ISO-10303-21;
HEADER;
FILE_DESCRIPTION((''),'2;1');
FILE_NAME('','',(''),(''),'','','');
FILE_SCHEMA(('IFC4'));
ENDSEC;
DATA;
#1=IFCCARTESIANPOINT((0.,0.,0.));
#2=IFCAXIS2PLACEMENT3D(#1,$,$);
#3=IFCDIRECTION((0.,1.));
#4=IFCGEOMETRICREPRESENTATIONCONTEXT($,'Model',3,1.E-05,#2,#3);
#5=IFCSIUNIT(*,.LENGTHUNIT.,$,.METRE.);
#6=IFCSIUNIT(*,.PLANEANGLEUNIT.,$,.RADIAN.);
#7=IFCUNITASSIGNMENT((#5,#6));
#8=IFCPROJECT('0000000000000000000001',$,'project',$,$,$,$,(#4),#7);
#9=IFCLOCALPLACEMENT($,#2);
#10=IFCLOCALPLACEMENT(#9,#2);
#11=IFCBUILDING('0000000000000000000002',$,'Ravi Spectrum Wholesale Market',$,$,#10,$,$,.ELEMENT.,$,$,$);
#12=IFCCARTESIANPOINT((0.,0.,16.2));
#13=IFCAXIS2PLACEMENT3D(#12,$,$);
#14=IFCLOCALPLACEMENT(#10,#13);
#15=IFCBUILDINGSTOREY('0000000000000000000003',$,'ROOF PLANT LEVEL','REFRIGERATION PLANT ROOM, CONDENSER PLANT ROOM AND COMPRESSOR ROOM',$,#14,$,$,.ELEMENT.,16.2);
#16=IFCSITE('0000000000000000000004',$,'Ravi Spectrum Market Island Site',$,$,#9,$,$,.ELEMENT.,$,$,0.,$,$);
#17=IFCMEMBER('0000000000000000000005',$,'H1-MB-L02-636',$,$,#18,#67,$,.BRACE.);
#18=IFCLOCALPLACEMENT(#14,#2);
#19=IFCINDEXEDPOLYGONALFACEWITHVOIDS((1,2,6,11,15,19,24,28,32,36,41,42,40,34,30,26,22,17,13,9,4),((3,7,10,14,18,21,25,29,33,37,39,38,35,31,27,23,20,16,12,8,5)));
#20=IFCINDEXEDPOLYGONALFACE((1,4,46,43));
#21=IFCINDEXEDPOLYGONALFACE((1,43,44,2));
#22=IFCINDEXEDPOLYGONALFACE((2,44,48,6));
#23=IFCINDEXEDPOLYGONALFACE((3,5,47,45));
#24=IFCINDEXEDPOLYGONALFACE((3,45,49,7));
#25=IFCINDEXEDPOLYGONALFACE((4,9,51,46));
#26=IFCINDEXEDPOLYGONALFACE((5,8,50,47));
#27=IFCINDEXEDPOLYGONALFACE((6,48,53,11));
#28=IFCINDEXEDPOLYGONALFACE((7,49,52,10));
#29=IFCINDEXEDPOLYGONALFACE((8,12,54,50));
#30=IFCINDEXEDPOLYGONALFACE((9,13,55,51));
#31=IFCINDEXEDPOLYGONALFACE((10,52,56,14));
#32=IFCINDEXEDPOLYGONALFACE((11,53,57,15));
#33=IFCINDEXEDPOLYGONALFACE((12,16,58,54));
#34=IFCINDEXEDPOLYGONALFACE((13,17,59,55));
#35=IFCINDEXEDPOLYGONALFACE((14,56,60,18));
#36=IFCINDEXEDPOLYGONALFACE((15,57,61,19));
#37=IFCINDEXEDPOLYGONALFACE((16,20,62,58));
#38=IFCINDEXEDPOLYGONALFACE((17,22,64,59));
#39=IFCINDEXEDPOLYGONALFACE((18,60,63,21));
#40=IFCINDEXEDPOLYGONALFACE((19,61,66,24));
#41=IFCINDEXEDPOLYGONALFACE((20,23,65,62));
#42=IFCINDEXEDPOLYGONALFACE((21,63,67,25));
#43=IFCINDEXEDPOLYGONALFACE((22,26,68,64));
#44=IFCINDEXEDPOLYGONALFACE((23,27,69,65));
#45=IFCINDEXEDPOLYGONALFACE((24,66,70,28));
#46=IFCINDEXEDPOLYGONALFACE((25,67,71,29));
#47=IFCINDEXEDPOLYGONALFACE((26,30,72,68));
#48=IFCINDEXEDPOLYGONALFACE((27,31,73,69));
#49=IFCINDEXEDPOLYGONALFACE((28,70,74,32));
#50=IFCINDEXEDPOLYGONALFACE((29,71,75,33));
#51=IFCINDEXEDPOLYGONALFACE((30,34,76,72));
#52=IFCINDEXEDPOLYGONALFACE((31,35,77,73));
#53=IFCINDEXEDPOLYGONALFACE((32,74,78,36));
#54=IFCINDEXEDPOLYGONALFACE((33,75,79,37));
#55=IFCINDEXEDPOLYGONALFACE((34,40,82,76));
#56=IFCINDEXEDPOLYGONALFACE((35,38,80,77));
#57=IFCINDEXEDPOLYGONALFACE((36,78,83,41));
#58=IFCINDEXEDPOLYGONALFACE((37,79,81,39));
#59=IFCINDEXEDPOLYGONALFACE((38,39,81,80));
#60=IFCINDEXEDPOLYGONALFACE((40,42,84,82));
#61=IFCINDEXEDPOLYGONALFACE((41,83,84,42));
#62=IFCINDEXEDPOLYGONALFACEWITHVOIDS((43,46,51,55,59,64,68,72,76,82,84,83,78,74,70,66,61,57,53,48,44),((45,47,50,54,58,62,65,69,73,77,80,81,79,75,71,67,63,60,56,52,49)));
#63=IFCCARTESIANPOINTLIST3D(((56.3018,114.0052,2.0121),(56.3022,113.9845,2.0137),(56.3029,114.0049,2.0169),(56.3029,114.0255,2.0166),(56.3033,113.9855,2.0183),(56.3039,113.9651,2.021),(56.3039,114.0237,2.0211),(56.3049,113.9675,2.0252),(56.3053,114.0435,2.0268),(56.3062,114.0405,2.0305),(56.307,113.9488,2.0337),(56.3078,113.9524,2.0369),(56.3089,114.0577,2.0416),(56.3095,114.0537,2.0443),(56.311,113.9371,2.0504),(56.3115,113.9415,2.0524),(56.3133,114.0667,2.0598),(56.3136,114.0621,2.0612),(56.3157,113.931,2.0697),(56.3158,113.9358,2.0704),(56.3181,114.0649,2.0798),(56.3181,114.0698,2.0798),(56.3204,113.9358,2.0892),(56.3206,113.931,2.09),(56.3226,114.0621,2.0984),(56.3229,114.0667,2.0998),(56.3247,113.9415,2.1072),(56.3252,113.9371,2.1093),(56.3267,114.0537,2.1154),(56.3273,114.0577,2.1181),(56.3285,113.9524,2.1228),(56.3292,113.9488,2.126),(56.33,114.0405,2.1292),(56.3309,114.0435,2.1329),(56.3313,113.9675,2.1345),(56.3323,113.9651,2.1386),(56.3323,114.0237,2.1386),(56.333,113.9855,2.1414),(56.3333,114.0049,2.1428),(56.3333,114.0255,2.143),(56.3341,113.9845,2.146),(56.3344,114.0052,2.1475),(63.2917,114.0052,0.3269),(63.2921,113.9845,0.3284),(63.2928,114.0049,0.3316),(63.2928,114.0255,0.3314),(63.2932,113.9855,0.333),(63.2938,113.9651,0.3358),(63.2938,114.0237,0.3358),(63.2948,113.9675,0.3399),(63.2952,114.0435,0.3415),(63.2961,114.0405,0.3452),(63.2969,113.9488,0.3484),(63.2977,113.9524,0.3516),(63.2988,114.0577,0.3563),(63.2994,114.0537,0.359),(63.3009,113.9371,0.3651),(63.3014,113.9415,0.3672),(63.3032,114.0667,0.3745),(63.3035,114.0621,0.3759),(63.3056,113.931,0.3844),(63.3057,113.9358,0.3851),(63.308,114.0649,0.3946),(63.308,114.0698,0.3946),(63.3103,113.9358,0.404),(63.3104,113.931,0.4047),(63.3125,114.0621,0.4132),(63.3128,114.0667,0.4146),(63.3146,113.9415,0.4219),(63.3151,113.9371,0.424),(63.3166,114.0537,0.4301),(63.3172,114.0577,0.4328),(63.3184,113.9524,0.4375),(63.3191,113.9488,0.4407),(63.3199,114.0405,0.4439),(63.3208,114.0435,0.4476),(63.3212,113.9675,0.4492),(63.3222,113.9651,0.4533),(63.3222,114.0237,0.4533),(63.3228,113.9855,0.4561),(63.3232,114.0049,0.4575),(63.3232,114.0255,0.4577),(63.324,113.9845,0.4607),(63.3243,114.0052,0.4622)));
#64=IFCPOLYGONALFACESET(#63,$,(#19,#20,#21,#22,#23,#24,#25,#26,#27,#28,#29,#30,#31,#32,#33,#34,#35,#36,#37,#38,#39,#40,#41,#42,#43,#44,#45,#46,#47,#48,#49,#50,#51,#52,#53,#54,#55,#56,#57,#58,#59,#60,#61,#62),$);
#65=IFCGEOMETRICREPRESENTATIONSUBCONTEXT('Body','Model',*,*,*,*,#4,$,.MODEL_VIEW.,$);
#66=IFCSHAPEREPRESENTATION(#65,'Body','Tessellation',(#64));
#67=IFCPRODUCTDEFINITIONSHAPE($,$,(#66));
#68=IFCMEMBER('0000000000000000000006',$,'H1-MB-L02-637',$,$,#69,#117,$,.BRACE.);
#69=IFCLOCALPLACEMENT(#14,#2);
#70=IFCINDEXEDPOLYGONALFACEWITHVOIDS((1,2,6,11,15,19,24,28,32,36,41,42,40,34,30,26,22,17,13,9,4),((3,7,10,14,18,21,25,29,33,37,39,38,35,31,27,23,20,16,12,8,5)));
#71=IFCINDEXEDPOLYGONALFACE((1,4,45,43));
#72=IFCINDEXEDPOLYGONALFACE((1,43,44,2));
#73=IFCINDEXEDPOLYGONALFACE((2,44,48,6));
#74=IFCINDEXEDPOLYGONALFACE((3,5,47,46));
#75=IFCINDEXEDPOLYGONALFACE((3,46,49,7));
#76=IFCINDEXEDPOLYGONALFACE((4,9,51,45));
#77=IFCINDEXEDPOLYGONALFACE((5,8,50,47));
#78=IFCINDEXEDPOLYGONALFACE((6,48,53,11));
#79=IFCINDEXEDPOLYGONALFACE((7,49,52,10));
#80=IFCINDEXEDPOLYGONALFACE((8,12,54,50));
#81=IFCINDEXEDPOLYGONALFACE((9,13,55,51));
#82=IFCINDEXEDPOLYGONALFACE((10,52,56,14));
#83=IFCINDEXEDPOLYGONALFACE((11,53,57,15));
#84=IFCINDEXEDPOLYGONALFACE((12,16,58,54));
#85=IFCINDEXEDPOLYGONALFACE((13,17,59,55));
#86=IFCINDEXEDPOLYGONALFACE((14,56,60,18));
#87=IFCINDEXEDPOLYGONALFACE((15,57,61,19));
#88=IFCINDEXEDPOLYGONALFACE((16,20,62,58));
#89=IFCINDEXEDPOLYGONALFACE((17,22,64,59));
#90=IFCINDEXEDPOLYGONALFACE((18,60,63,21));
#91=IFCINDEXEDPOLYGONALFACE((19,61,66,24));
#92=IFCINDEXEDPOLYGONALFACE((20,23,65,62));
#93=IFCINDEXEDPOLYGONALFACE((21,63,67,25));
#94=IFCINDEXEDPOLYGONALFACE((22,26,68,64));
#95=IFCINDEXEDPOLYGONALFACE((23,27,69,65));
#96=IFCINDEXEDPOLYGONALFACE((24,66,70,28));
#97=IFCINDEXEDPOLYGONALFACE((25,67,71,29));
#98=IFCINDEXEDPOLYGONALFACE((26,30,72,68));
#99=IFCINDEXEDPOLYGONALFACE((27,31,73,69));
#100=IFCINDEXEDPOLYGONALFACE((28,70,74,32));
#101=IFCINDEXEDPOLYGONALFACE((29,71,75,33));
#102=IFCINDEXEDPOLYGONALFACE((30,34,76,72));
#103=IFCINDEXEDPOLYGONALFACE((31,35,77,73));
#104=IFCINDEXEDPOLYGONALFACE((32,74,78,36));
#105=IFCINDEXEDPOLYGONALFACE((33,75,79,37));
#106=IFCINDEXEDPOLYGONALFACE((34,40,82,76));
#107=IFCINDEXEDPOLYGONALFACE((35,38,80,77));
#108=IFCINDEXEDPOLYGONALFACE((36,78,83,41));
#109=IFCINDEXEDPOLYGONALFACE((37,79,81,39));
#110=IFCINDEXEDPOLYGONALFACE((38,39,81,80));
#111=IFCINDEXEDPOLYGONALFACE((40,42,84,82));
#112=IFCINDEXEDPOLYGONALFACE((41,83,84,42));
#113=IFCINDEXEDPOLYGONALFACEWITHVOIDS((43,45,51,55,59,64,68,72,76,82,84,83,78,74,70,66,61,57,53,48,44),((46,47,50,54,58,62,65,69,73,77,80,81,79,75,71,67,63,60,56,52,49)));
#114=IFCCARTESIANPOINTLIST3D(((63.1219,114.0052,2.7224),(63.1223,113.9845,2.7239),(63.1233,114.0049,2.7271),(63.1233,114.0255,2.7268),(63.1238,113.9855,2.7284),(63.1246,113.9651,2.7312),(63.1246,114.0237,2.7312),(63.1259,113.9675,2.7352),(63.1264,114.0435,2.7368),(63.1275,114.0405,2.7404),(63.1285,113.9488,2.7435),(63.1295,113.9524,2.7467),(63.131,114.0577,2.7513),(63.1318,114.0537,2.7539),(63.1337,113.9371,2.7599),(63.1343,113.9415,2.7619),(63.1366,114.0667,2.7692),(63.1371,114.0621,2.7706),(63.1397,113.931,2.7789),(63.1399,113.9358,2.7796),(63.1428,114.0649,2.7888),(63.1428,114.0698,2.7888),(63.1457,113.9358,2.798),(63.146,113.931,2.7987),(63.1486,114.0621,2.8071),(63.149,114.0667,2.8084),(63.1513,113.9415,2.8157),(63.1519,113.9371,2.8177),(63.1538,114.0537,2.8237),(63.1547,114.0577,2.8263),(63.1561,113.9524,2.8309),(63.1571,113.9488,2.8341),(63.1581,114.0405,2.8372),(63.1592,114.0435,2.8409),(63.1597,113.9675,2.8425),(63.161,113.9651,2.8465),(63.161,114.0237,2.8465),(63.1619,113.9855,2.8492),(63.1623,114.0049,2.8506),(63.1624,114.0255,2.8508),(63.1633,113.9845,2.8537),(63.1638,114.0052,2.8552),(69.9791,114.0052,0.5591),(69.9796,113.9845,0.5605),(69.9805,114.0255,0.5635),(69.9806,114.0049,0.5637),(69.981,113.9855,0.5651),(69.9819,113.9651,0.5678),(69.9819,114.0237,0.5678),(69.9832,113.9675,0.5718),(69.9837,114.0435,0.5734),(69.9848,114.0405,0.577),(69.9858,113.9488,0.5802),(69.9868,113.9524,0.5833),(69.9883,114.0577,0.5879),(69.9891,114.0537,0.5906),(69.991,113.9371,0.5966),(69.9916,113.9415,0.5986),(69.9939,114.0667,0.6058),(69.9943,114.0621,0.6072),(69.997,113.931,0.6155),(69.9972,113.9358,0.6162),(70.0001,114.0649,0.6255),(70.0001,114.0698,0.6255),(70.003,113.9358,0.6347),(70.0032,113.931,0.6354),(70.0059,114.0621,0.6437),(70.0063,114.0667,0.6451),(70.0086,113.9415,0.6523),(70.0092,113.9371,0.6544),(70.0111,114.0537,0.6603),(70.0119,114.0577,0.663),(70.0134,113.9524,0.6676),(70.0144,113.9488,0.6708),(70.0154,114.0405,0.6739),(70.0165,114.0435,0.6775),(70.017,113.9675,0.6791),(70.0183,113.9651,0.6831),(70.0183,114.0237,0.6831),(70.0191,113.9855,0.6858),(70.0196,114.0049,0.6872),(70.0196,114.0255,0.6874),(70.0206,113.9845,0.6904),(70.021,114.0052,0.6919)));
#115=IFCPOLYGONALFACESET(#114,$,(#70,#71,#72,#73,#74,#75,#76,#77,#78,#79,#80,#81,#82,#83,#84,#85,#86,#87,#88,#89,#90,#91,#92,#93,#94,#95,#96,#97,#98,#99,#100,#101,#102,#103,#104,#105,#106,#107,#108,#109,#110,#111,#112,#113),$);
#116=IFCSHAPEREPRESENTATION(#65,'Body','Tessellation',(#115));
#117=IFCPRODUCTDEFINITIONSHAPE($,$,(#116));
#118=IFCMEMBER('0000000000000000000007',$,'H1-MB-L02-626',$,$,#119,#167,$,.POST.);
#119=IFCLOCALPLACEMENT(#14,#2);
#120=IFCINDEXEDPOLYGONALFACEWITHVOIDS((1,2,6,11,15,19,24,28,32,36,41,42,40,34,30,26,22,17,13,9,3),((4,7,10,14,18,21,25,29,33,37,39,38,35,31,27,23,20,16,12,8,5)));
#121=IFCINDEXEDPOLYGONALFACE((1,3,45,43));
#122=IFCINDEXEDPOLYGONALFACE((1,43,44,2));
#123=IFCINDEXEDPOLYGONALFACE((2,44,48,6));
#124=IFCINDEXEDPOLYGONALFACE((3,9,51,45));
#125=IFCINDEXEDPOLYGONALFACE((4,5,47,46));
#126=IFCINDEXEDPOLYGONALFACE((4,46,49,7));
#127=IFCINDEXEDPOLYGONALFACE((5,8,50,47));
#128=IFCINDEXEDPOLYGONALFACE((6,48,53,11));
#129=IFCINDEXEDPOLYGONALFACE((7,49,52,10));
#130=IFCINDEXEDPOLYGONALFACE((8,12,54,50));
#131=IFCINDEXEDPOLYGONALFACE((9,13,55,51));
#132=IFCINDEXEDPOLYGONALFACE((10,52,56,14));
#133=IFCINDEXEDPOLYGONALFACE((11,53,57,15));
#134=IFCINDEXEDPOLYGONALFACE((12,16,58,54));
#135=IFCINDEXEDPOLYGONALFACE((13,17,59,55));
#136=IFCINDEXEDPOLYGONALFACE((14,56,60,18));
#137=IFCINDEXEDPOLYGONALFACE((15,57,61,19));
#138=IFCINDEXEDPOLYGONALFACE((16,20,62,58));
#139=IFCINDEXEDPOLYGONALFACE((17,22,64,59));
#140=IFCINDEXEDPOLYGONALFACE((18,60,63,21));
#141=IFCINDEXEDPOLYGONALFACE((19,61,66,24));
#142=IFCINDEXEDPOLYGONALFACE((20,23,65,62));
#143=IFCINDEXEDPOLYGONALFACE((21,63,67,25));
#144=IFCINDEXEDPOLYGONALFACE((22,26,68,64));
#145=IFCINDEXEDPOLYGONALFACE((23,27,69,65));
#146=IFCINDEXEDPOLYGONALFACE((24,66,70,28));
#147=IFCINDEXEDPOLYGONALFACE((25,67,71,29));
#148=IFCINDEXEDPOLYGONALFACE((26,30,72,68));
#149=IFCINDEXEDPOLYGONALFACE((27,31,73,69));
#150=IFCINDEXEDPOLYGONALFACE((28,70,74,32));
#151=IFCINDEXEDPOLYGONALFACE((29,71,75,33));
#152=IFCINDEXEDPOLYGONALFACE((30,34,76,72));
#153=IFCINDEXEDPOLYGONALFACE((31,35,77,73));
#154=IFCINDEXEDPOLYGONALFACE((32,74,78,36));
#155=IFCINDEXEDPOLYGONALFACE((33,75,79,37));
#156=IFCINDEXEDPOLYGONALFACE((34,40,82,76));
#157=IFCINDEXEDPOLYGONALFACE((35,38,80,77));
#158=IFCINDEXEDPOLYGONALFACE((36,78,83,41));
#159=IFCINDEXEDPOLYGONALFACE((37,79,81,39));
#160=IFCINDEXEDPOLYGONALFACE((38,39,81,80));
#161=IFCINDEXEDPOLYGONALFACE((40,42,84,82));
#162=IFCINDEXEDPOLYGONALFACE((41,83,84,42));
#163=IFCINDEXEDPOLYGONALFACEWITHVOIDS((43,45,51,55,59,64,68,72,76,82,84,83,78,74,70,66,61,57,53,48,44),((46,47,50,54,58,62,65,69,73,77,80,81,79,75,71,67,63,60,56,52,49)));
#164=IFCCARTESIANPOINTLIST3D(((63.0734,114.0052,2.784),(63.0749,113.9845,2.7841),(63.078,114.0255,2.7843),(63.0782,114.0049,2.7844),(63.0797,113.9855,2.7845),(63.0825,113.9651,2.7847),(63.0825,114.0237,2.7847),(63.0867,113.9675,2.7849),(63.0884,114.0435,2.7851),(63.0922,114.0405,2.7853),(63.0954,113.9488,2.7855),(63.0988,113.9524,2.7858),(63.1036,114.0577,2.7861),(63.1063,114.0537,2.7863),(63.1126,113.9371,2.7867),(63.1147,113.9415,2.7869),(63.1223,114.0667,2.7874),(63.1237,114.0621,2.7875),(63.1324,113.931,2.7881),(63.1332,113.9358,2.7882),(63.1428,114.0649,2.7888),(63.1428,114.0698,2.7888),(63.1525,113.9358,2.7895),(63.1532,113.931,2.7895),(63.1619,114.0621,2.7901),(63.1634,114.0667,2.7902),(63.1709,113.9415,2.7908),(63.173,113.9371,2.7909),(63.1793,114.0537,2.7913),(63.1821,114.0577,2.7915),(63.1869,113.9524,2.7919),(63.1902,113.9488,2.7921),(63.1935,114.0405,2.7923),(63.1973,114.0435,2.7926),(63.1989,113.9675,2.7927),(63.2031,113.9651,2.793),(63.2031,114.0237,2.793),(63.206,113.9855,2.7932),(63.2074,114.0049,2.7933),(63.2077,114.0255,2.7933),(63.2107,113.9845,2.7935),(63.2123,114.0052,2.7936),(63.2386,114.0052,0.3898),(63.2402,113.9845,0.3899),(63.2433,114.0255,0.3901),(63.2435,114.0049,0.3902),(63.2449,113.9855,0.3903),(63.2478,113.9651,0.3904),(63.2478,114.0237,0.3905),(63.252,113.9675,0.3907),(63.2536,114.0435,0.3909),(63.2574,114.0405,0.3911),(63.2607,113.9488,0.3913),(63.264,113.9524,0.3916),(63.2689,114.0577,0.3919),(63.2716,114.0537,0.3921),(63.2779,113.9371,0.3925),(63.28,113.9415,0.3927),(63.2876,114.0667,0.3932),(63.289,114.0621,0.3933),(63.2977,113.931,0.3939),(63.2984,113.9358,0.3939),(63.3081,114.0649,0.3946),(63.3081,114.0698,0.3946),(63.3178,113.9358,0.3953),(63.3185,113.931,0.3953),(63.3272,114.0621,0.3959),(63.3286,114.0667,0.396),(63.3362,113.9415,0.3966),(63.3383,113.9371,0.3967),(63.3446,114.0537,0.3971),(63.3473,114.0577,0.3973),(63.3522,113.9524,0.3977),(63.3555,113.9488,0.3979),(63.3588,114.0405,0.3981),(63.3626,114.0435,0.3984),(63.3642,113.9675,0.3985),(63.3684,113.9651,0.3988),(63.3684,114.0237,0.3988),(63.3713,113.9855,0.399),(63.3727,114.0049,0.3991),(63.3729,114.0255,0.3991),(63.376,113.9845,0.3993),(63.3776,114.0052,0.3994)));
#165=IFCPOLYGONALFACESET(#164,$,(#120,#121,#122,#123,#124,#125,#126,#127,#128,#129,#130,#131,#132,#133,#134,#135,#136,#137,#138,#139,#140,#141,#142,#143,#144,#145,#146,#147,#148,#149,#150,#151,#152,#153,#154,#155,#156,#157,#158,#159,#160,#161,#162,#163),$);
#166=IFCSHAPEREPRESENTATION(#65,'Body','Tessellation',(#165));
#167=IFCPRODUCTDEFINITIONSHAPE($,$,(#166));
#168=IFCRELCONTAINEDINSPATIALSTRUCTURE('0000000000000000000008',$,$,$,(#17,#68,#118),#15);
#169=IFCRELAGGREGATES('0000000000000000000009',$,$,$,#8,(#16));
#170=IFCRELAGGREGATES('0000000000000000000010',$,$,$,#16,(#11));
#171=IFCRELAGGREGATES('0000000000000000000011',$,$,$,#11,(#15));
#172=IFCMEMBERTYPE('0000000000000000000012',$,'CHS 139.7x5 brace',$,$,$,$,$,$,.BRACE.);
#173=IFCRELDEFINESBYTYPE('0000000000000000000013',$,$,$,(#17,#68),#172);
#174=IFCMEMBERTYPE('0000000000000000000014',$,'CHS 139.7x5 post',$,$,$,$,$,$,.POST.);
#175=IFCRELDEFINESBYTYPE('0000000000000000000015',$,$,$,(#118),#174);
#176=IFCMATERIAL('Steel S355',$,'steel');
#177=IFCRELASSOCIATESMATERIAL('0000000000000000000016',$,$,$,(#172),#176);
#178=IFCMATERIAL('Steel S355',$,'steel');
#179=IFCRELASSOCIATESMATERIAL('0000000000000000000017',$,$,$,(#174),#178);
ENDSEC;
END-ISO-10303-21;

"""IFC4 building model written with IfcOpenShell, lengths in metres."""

from ifc_helpers import new_model, si_unit, direction, frame, origin, origin_2d, place, context, subcontext, project, spatial, hollow_circle, extrude, material, material_profile, profile_set, type_object, element, save


model = new_model("IFC4")

# Units and contexts
model_context = context("Model", 3, precision=1e-05, world=origin(), true_north=direction((0.0, 1.0)))
body_context = subcontext(model_context, "Body", "Model", "MODEL_VIEW")
ifc_project = project(units=[si_unit("LENGTHUNIT", "METRE"), si_unit("PLANEANGLEUNIT", "RADIAN")], contexts=[model_context])

# Site, building, storey
site_placement = place(None, origin())
site = spatial("IfcSite", under=ifc_project, at=site_placement, Name="Ravi Spectrum Market Island Site", CompositionType="ELEMENT", RefElevation=0.0)
building_placement = place(site_placement, origin())
building = spatial("IfcBuilding", under=site, at=building_placement, Name="Ravi Spectrum Wholesale Market", CompositionType="ELEMENT")
storey_placement = place(building_placement, frame((0.0, 0.0, 16.2)))
storey = spatial("IfcBuildingStorey", under=building, at=storey_placement, Name="ROOF PLANT LEVEL", Description="REFRIGERATION PLANT ROOM, CONDENSER PLANT ROOM AND COMPRESSOR ROOM", CompositionType="ELEMENT", Elevation=16.2)

# Members
ifc_material_1 = material(Name="Steel S355", Category="steel")
ifc_material_profile_1 = material_profile(ifc_material_1, hollow_circle(Radius=0.0698, WallThickness=0.0049, at=origin_2d()))
ifc_profile_set_1 = profile_set([ifc_material_profile_1], Name="Steel S355")
member_type_1 = type_object("IfcMemberType", Name="CHS 139.7x5 brace", PredefinedType="BRACE", material=ifc_profile_set_1)
member_1_placement = place(storey_placement, frame((56.3181, 114.0, 2.0798), z_axis=(0.972144, 0.0, -0.234386), x_axis=(0.0, 1.0, 0.0)))
element("IfcMember", 1, at=member_1_placement, inside=storey, type_object=member_type_1, Name="H1-MB-L02-636", PredefinedType="BRACE", context=body_context, shape_type="SweptSolid", body=[
    extrude(hollow_circle(Radius=0.0698, WallThickness=0.0049, at=origin_2d()), origin(), (0.0, 0.0, 1.0), 7.1902),
])
member_2_placement = place(storey_placement, frame((63.1428, 114.0, 2.7888), z_axis=(0.953666, 0.0, -0.300866), x_axis=(0.0, 1.0, 0.0)))
element("IfcMember", 2, at=member_2_placement, inside=storey, type_object=member_type_1, Name="H1-MB-L02-637", PredefinedType="BRACE", context=body_context, shape_type="SweptSolid", body=[
    extrude(hollow_circle(Radius=0.0698, WallThickness=0.0049, at=origin_2d()), origin(), (0.0, 0.0, 1.0), 7.1904),
])
ifc_material_2 = material(Name="Steel S355", Category="steel")
ifc_material_profile_2 = material_profile(ifc_material_2, hollow_circle(Radius=0.0698, WallThickness=0.0049, at=origin_2d()))
ifc_profile_set_2 = profile_set([ifc_material_profile_2], Name="Steel S355")
member_type_2 = type_object("IfcMemberType", Name="CHS 139.7x5 post", PredefinedType="POST", material=ifc_profile_set_2)
member_3_placement = place(storey_placement, frame((63.1428, 114.0, 2.7888), z_axis=(0.068868, 0.0, -0.997626), x_axis=(0.0, 1.0, 0.0)))
element("IfcMember", 3, at=member_3_placement, inside=storey, type_object=member_type_2, Name="H1-MB-L02-626", PredefinedType="POST", context=body_context, shape_type="SweptSolid", body=[
    extrude(hollow_circle(Radius=0.0698, WallThickness=0.0049, at=origin_2d()), origin(), (0.0, 0.0, 1.0), 2.3999),
])

save(model, "model.ifc")
